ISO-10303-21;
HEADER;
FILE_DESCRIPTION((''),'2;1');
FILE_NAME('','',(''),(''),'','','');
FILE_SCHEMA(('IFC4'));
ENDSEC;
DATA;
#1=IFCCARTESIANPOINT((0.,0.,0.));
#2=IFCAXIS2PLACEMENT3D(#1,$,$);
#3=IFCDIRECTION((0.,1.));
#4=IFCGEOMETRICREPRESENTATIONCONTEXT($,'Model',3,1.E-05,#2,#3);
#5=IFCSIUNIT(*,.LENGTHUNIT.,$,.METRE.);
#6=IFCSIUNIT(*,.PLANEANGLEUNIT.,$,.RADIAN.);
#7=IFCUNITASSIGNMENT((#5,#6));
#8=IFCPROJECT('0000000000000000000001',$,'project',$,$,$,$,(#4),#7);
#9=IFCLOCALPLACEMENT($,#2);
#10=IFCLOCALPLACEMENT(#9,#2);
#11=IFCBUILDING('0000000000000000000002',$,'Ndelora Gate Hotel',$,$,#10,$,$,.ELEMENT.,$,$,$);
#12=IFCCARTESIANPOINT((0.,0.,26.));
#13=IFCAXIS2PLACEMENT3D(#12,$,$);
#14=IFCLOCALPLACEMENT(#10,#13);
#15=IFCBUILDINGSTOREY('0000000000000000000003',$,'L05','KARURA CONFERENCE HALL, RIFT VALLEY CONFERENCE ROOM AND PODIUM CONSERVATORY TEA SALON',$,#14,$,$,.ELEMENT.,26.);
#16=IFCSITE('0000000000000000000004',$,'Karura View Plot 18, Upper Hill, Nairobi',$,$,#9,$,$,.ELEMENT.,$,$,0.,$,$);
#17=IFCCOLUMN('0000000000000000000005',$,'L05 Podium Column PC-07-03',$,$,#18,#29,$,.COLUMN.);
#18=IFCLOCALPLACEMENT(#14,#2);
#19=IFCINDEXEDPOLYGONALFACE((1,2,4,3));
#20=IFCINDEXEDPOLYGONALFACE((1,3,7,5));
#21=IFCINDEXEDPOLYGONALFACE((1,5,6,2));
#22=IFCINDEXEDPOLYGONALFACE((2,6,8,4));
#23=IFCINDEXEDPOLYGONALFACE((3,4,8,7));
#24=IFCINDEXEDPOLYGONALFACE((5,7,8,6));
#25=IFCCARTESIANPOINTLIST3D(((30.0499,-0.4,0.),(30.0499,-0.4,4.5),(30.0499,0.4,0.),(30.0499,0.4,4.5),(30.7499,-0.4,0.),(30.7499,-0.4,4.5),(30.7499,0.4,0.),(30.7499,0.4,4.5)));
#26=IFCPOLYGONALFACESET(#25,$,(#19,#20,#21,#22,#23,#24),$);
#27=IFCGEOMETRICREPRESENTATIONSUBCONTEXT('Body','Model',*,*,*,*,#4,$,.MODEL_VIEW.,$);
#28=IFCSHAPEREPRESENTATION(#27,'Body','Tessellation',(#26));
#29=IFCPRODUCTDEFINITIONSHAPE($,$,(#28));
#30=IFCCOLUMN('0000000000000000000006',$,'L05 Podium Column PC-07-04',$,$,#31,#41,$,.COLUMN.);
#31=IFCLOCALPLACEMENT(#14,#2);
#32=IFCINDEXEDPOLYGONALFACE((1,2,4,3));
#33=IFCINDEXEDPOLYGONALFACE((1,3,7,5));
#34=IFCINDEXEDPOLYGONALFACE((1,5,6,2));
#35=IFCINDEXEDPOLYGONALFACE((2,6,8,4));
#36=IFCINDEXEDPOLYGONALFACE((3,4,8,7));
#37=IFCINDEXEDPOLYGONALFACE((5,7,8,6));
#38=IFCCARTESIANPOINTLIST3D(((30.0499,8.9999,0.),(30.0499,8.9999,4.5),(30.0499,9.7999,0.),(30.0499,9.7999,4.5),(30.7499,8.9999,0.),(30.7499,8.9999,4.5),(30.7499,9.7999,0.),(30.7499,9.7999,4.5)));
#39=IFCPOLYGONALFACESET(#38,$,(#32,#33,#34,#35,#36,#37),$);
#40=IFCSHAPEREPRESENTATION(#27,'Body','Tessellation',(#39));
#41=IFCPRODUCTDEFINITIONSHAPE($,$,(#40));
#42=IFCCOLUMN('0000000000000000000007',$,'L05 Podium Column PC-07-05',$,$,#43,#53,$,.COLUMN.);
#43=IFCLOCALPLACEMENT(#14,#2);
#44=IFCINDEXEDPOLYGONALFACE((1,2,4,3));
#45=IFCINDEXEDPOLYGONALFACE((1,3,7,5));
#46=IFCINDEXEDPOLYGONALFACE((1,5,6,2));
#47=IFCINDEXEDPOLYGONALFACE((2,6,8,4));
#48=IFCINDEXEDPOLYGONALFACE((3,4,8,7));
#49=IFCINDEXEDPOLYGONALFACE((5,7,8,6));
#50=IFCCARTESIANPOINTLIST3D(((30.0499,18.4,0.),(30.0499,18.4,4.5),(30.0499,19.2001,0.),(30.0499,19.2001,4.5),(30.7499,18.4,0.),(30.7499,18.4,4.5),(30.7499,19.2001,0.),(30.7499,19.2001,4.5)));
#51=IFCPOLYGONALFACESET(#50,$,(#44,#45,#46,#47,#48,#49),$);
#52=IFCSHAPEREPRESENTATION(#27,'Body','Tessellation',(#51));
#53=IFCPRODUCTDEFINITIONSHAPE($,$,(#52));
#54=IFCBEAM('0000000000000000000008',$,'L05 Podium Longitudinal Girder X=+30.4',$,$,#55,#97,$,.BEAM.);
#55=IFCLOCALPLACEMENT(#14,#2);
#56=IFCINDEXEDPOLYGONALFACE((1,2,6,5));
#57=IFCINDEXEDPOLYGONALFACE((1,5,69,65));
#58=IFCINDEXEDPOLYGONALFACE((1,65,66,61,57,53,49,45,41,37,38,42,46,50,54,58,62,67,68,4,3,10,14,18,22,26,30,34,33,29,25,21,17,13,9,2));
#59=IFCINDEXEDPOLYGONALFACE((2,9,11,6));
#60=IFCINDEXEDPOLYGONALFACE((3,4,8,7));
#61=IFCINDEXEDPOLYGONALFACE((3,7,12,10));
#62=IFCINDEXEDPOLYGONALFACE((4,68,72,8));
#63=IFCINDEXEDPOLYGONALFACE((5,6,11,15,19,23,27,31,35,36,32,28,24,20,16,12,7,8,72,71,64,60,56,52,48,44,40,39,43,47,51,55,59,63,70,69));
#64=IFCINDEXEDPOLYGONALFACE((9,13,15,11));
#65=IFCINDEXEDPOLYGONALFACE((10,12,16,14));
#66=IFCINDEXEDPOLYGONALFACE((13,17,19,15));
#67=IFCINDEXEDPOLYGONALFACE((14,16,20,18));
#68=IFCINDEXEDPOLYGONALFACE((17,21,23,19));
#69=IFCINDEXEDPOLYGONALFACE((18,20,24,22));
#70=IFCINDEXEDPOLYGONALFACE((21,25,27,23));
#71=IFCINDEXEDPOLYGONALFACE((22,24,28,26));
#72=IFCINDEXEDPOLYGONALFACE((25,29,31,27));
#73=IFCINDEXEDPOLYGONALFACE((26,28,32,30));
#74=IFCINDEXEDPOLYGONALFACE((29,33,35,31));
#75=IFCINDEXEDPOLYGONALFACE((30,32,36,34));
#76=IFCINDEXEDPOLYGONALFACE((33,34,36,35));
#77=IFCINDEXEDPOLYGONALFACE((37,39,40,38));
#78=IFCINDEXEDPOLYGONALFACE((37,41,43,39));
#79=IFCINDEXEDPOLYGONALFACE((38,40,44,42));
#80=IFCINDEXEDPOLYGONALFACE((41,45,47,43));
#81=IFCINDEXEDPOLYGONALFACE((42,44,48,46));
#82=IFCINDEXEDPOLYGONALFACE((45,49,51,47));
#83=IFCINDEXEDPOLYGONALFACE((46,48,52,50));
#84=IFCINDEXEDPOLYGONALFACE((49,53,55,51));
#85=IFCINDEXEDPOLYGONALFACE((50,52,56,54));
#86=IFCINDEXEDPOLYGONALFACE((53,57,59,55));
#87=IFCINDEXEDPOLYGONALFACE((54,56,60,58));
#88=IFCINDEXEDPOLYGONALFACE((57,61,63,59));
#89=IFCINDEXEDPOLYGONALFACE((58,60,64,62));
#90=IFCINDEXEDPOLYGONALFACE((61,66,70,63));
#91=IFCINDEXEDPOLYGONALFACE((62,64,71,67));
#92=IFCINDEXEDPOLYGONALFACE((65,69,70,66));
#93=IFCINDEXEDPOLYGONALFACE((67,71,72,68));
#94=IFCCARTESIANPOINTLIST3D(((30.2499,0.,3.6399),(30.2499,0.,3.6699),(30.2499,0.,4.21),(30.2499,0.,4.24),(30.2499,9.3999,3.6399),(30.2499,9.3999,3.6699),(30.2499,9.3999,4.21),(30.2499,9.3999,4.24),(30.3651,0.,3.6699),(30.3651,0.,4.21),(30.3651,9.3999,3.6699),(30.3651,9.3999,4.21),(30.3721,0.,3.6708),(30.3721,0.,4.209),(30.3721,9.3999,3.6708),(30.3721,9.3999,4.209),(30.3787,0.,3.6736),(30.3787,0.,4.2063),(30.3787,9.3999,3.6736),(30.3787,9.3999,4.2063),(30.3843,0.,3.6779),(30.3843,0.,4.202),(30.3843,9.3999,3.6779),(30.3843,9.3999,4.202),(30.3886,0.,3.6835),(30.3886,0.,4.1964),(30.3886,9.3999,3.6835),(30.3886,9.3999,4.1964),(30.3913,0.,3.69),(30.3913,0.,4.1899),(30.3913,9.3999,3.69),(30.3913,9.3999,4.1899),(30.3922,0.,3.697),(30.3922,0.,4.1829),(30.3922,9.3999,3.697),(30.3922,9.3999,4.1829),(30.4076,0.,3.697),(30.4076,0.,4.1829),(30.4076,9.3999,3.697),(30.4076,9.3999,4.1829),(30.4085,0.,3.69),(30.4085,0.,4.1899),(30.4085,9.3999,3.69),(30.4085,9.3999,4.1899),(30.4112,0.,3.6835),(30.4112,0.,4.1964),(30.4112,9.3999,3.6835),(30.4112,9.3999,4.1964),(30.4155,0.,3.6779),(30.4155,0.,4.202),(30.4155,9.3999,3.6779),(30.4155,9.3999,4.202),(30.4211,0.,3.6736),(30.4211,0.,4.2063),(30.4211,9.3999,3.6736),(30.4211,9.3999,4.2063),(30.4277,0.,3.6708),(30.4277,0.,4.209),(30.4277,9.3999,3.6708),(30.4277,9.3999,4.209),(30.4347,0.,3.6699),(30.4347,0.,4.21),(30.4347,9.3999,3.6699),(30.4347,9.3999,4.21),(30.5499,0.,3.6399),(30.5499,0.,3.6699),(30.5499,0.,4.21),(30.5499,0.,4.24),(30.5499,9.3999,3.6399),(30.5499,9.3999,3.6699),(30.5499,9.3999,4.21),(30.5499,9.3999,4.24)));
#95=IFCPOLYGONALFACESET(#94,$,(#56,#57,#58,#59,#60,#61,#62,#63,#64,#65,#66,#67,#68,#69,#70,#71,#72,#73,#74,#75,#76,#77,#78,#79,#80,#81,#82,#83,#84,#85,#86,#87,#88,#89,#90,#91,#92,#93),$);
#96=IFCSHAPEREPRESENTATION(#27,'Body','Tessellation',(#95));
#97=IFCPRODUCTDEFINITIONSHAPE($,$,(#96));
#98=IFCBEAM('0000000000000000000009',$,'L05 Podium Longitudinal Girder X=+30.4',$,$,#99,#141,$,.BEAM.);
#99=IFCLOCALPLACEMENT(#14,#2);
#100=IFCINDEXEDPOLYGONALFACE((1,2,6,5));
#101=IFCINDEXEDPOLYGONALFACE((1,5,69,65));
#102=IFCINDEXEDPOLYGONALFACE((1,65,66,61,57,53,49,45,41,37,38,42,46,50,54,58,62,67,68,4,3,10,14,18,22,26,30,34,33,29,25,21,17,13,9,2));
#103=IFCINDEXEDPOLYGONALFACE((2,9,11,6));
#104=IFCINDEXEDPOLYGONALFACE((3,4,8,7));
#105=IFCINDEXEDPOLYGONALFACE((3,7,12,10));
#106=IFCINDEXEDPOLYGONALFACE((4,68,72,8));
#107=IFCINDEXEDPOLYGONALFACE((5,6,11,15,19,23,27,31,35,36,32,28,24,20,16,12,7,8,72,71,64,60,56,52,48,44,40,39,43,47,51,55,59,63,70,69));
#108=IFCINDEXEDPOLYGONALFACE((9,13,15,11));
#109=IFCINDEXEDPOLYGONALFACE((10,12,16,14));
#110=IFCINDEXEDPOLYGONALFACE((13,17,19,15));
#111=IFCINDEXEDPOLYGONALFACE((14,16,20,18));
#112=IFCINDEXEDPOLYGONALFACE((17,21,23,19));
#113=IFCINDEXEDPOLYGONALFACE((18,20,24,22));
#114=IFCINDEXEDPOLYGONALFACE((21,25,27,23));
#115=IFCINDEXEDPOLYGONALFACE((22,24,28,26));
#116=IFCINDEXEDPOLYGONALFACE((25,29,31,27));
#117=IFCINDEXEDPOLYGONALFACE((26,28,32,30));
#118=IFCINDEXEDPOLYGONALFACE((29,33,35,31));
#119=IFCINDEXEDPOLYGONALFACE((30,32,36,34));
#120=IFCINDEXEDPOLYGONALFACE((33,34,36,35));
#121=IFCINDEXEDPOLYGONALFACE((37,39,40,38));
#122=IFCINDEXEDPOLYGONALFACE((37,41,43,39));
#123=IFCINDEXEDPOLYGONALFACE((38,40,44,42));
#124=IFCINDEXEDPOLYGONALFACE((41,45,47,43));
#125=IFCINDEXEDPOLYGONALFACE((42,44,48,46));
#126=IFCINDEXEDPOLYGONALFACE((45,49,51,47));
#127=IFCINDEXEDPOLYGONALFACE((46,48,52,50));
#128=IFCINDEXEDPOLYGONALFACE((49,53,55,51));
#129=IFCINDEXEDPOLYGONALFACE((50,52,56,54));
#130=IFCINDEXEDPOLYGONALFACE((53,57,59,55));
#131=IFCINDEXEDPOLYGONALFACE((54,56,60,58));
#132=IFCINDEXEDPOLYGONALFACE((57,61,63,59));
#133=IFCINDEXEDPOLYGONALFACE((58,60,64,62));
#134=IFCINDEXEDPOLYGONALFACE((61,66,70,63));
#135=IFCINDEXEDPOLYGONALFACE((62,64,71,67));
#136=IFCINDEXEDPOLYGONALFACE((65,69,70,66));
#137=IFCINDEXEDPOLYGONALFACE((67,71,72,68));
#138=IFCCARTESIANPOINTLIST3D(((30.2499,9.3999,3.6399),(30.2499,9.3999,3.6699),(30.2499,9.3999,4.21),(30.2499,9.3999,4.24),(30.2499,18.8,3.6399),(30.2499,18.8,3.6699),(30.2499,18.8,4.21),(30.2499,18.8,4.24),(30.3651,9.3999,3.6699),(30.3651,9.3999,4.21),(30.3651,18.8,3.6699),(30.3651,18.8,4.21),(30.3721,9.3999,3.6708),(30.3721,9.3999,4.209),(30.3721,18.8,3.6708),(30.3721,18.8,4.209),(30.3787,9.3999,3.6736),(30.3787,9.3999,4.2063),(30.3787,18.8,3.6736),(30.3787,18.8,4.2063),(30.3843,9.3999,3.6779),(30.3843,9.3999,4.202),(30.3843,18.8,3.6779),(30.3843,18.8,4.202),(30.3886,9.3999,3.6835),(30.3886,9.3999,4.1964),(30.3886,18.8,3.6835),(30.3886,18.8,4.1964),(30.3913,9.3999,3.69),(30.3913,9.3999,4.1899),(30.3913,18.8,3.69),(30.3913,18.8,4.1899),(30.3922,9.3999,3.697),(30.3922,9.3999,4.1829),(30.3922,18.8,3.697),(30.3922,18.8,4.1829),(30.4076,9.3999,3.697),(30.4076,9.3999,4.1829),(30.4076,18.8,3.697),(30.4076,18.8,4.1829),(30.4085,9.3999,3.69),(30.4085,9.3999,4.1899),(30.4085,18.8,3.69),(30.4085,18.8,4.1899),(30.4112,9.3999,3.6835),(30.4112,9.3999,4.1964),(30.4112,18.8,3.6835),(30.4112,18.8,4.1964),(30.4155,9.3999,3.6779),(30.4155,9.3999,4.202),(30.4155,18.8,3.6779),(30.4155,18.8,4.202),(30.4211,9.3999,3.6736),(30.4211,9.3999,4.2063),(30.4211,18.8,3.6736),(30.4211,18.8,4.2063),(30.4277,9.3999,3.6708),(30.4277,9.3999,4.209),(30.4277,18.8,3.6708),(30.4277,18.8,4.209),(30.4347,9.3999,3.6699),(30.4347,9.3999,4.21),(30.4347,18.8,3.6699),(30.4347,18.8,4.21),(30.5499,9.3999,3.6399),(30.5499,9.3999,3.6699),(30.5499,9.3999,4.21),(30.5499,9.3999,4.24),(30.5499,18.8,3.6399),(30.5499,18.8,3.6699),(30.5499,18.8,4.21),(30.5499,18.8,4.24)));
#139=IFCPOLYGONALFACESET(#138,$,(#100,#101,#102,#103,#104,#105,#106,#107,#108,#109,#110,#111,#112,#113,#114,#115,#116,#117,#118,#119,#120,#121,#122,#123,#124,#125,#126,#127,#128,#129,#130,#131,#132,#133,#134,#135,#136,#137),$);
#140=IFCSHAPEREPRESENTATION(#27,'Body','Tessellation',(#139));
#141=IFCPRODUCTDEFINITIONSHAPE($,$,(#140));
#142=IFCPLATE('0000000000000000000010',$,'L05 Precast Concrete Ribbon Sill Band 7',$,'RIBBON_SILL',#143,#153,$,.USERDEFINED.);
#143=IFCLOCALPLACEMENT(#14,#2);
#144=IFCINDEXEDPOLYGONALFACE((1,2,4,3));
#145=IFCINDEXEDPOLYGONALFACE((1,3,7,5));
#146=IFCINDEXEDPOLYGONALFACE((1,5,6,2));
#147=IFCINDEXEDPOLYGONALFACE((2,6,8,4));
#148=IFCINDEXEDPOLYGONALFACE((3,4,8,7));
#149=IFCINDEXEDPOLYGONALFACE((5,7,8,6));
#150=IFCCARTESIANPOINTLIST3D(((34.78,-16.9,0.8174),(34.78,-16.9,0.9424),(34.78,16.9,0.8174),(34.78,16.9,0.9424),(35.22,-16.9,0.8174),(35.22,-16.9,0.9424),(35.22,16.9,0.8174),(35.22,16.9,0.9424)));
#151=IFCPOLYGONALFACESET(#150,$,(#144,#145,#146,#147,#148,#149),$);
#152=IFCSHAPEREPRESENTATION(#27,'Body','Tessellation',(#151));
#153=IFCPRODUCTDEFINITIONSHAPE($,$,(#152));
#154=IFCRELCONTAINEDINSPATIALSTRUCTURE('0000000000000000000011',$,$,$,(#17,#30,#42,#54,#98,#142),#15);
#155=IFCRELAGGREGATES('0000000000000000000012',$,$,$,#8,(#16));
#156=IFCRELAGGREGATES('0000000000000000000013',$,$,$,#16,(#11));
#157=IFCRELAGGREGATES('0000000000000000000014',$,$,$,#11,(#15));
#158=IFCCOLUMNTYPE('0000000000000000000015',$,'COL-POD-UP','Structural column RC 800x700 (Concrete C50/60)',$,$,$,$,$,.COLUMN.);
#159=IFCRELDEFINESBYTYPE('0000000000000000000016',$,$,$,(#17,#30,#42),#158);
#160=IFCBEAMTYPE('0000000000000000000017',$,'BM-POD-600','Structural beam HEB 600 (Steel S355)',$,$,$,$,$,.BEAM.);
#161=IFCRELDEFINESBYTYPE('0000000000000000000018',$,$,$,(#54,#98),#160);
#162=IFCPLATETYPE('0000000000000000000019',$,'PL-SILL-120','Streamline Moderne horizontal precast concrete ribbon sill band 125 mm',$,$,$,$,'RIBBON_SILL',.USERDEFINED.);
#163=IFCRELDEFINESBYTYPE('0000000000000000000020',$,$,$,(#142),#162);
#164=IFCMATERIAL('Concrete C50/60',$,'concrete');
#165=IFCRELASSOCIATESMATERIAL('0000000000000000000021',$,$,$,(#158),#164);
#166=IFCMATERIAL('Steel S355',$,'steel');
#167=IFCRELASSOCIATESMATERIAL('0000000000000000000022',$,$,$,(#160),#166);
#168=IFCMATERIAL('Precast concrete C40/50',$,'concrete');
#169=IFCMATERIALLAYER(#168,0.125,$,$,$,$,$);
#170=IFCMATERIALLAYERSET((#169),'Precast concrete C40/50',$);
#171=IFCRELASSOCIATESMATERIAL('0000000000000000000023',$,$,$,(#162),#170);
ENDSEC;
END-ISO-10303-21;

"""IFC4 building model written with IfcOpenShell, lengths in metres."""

from ifc_helpers import new_model, si_unit, direction, frame, origin, origin_2d, place, context, subcontext, project, spatial, rectangle, i_section, extrude, material, layer, layer_set, material_profile, profile_set, type_object, element, save


model = new_model("IFC4")

# Units and contexts
model_context = context("Model", 3, precision=1e-05, world=origin(), true_north=direction((0.0, 1.0)))
body_context = subcontext(model_context, "Body", "Model", "MODEL_VIEW")
ifc_project = project(units=[si_unit("LENGTHUNIT", "METRE"), si_unit("PLANEANGLEUNIT", "RADIAN")], contexts=[model_context])

# Site, building, storey
site_placement = place(None, origin())
site = spatial("IfcSite", under=ifc_project, at=site_placement, Name="Karura View Plot 18, Upper Hill, Nairobi", CompositionType="ELEMENT", RefElevation=0.0)
building_placement = place(site_placement, origin())
building = spatial("IfcBuilding", under=site, at=building_placement, Name="Ndelora Gate Hotel", CompositionType="ELEMENT")
storey_placement = place(building_placement, frame((0.0, 0.0, 26.0)))
storey = spatial("IfcBuildingStorey", under=building, at=storey_placement, Name="L05", Description="KARURA CONFERENCE HALL, RIFT VALLEY CONFERENCE ROOM AND PODIUM CONSERVATORY TEA SALON", CompositionType="ELEMENT", Elevation=26.0)

# Columns
ifc_material_1 = material(Name="Concrete C50/60", Category="concrete")
ifc_material_profile_1 = material_profile(ifc_material_1, rectangle(XDim=0.7, YDim=0.8, at=origin_2d()), Name="RC 800x700")
ifc_profile_set_1 = profile_set([ifc_material_profile_1], Name="Concrete C50/60")
column_type = type_object("IfcColumnType", Name="COL-POD-UP", Description="Structural column RC 800x700 (Concrete C50/60)", PredefinedType="COLUMN", material=ifc_profile_set_1)
for number, where, z_axis, x_axis, name in (
    (1, (30.3999, 0.0, 0.0), (0.0, 0.0, 1.0), (1.0, 0.0, 0.0), "L05 Podium Column PC-07-03"),
    (2, (30.3999, 9.3999, 0.0), (0.0, 0.0, 1.0), (1.0, 0.0, 0.0), "L05 Podium Column PC-07-04"),
    (3, (30.3999, 18.8, 0.0), (0.0, 0.0, 1.0), (1.0, 0.0, 0.0), "L05 Podium Column PC-07-05"),
):
    element("IfcColumn", number, at=place(storey_placement, frame(where, z_axis=z_axis, x_axis=x_axis)), inside=storey, type_object=column_type, Name=name, PredefinedType="COLUMN", context=body_context, shape_type="SweptSolid", body=[
        extrude(rectangle(XDim=0.7, YDim=0.8, at=origin_2d()), origin(), (0.0, 0.0, 1.0), 4.5),
    ])

# Beams
ifc_material_2 = material(Name="Steel S355", Category="steel")
ifc_material_profile_2 = material_profile(ifc_material_2, i_section(OverallWidth=0.3, OverallDepth=0.6001, WebThickness=0.0154, FlangeThickness=0.03, FilletRadius=0.0271, at=origin_2d()), Name="HEB 600")
ifc_profile_set_2 = profile_set([ifc_material_profile_2], Name="Steel S355")
beam_type = type_object("IfcBeamType", Name="BM-POD-600", Description="Structural beam HEB 600 (Steel S355)", PredefinedType="BEAM", material=ifc_profile_set_2)
beam_1_placement = place(storey_placement, frame((30.3999, 0.0, 3.9399), z_axis=(0.0, 1.0, 0.0), x_axis=(-1.0, 0.0, 0.0)))
element("IfcBeam", 4, at=beam_1_placement, inside=storey, type_object=beam_type, Name="L05 Podium Longitudinal Girder X=+30.4", PredefinedType="BEAM", context=body_context, shape_type="SweptSolid", body=[
    extrude(i_section(OverallWidth=0.3, OverallDepth=0.6001, WebThickness=0.0154, FlangeThickness=0.03, FilletRadius=0.0271, at=origin_2d()), origin(), (0.0, 0.0, 1.0), 9.3999),
])
beam_2_placement = place(storey_placement, frame((30.3999, 9.3999, 3.9399), z_axis=(0.0, 1.0, 0.0), x_axis=(-1.0, 0.0, 0.0)))
element("IfcBeam", 5, at=beam_2_placement, inside=storey, type_object=beam_type, Name="L05 Podium Longitudinal Girder X=+30.4", PredefinedType="BEAM", context=body_context, shape_type="SweptSolid", body=[
    extrude(i_section(OverallWidth=0.3, OverallDepth=0.6001, WebThickness=0.0154, FlangeThickness=0.03, FilletRadius=0.0271, at=origin_2d()), origin(), (0.0, 0.0, 1.0), 9.4001),
])

# Plate
ifc_material_3 = material(Name="Precast concrete C40/50", Category="concrete")
ifc_layer_1 = layer(ifc_material_3, 0.125)
ifc_layer_set_1 = layer_set([ifc_layer_1], Name="Precast concrete C40/50")
plate_type = type_object("IfcPlateType", Name="PL-SILL-120", Description="Streamline Moderne horizontal precast concrete ribbon sill band 125 mm", ElementType="RIBBON_SILL", PredefinedType="USERDEFINED", material=ifc_layer_set_1)
plate_placement = place(storey_placement, frame((35.0, 0.0, 0.8174), z_axis=(0.0, 0.0, 1.0), x_axis=(0.0, 1.0, 0.0)))
element("IfcPlate", 6, at=plate_placement, inside=storey, type_object=plate_type, Name="L05 Precast Concrete Ribbon Sill Band 7", ObjectType="RIBBON_SILL", PredefinedType="USERDEFINED", context=body_context, shape_type="SweptSolid", body=[
    extrude(rectangle(XDim=33.8, YDim=0.4399, at=origin_2d()), origin(), (0.0, 0.0, 1.0), 0.125),
])

save(model, "model.ifc")
